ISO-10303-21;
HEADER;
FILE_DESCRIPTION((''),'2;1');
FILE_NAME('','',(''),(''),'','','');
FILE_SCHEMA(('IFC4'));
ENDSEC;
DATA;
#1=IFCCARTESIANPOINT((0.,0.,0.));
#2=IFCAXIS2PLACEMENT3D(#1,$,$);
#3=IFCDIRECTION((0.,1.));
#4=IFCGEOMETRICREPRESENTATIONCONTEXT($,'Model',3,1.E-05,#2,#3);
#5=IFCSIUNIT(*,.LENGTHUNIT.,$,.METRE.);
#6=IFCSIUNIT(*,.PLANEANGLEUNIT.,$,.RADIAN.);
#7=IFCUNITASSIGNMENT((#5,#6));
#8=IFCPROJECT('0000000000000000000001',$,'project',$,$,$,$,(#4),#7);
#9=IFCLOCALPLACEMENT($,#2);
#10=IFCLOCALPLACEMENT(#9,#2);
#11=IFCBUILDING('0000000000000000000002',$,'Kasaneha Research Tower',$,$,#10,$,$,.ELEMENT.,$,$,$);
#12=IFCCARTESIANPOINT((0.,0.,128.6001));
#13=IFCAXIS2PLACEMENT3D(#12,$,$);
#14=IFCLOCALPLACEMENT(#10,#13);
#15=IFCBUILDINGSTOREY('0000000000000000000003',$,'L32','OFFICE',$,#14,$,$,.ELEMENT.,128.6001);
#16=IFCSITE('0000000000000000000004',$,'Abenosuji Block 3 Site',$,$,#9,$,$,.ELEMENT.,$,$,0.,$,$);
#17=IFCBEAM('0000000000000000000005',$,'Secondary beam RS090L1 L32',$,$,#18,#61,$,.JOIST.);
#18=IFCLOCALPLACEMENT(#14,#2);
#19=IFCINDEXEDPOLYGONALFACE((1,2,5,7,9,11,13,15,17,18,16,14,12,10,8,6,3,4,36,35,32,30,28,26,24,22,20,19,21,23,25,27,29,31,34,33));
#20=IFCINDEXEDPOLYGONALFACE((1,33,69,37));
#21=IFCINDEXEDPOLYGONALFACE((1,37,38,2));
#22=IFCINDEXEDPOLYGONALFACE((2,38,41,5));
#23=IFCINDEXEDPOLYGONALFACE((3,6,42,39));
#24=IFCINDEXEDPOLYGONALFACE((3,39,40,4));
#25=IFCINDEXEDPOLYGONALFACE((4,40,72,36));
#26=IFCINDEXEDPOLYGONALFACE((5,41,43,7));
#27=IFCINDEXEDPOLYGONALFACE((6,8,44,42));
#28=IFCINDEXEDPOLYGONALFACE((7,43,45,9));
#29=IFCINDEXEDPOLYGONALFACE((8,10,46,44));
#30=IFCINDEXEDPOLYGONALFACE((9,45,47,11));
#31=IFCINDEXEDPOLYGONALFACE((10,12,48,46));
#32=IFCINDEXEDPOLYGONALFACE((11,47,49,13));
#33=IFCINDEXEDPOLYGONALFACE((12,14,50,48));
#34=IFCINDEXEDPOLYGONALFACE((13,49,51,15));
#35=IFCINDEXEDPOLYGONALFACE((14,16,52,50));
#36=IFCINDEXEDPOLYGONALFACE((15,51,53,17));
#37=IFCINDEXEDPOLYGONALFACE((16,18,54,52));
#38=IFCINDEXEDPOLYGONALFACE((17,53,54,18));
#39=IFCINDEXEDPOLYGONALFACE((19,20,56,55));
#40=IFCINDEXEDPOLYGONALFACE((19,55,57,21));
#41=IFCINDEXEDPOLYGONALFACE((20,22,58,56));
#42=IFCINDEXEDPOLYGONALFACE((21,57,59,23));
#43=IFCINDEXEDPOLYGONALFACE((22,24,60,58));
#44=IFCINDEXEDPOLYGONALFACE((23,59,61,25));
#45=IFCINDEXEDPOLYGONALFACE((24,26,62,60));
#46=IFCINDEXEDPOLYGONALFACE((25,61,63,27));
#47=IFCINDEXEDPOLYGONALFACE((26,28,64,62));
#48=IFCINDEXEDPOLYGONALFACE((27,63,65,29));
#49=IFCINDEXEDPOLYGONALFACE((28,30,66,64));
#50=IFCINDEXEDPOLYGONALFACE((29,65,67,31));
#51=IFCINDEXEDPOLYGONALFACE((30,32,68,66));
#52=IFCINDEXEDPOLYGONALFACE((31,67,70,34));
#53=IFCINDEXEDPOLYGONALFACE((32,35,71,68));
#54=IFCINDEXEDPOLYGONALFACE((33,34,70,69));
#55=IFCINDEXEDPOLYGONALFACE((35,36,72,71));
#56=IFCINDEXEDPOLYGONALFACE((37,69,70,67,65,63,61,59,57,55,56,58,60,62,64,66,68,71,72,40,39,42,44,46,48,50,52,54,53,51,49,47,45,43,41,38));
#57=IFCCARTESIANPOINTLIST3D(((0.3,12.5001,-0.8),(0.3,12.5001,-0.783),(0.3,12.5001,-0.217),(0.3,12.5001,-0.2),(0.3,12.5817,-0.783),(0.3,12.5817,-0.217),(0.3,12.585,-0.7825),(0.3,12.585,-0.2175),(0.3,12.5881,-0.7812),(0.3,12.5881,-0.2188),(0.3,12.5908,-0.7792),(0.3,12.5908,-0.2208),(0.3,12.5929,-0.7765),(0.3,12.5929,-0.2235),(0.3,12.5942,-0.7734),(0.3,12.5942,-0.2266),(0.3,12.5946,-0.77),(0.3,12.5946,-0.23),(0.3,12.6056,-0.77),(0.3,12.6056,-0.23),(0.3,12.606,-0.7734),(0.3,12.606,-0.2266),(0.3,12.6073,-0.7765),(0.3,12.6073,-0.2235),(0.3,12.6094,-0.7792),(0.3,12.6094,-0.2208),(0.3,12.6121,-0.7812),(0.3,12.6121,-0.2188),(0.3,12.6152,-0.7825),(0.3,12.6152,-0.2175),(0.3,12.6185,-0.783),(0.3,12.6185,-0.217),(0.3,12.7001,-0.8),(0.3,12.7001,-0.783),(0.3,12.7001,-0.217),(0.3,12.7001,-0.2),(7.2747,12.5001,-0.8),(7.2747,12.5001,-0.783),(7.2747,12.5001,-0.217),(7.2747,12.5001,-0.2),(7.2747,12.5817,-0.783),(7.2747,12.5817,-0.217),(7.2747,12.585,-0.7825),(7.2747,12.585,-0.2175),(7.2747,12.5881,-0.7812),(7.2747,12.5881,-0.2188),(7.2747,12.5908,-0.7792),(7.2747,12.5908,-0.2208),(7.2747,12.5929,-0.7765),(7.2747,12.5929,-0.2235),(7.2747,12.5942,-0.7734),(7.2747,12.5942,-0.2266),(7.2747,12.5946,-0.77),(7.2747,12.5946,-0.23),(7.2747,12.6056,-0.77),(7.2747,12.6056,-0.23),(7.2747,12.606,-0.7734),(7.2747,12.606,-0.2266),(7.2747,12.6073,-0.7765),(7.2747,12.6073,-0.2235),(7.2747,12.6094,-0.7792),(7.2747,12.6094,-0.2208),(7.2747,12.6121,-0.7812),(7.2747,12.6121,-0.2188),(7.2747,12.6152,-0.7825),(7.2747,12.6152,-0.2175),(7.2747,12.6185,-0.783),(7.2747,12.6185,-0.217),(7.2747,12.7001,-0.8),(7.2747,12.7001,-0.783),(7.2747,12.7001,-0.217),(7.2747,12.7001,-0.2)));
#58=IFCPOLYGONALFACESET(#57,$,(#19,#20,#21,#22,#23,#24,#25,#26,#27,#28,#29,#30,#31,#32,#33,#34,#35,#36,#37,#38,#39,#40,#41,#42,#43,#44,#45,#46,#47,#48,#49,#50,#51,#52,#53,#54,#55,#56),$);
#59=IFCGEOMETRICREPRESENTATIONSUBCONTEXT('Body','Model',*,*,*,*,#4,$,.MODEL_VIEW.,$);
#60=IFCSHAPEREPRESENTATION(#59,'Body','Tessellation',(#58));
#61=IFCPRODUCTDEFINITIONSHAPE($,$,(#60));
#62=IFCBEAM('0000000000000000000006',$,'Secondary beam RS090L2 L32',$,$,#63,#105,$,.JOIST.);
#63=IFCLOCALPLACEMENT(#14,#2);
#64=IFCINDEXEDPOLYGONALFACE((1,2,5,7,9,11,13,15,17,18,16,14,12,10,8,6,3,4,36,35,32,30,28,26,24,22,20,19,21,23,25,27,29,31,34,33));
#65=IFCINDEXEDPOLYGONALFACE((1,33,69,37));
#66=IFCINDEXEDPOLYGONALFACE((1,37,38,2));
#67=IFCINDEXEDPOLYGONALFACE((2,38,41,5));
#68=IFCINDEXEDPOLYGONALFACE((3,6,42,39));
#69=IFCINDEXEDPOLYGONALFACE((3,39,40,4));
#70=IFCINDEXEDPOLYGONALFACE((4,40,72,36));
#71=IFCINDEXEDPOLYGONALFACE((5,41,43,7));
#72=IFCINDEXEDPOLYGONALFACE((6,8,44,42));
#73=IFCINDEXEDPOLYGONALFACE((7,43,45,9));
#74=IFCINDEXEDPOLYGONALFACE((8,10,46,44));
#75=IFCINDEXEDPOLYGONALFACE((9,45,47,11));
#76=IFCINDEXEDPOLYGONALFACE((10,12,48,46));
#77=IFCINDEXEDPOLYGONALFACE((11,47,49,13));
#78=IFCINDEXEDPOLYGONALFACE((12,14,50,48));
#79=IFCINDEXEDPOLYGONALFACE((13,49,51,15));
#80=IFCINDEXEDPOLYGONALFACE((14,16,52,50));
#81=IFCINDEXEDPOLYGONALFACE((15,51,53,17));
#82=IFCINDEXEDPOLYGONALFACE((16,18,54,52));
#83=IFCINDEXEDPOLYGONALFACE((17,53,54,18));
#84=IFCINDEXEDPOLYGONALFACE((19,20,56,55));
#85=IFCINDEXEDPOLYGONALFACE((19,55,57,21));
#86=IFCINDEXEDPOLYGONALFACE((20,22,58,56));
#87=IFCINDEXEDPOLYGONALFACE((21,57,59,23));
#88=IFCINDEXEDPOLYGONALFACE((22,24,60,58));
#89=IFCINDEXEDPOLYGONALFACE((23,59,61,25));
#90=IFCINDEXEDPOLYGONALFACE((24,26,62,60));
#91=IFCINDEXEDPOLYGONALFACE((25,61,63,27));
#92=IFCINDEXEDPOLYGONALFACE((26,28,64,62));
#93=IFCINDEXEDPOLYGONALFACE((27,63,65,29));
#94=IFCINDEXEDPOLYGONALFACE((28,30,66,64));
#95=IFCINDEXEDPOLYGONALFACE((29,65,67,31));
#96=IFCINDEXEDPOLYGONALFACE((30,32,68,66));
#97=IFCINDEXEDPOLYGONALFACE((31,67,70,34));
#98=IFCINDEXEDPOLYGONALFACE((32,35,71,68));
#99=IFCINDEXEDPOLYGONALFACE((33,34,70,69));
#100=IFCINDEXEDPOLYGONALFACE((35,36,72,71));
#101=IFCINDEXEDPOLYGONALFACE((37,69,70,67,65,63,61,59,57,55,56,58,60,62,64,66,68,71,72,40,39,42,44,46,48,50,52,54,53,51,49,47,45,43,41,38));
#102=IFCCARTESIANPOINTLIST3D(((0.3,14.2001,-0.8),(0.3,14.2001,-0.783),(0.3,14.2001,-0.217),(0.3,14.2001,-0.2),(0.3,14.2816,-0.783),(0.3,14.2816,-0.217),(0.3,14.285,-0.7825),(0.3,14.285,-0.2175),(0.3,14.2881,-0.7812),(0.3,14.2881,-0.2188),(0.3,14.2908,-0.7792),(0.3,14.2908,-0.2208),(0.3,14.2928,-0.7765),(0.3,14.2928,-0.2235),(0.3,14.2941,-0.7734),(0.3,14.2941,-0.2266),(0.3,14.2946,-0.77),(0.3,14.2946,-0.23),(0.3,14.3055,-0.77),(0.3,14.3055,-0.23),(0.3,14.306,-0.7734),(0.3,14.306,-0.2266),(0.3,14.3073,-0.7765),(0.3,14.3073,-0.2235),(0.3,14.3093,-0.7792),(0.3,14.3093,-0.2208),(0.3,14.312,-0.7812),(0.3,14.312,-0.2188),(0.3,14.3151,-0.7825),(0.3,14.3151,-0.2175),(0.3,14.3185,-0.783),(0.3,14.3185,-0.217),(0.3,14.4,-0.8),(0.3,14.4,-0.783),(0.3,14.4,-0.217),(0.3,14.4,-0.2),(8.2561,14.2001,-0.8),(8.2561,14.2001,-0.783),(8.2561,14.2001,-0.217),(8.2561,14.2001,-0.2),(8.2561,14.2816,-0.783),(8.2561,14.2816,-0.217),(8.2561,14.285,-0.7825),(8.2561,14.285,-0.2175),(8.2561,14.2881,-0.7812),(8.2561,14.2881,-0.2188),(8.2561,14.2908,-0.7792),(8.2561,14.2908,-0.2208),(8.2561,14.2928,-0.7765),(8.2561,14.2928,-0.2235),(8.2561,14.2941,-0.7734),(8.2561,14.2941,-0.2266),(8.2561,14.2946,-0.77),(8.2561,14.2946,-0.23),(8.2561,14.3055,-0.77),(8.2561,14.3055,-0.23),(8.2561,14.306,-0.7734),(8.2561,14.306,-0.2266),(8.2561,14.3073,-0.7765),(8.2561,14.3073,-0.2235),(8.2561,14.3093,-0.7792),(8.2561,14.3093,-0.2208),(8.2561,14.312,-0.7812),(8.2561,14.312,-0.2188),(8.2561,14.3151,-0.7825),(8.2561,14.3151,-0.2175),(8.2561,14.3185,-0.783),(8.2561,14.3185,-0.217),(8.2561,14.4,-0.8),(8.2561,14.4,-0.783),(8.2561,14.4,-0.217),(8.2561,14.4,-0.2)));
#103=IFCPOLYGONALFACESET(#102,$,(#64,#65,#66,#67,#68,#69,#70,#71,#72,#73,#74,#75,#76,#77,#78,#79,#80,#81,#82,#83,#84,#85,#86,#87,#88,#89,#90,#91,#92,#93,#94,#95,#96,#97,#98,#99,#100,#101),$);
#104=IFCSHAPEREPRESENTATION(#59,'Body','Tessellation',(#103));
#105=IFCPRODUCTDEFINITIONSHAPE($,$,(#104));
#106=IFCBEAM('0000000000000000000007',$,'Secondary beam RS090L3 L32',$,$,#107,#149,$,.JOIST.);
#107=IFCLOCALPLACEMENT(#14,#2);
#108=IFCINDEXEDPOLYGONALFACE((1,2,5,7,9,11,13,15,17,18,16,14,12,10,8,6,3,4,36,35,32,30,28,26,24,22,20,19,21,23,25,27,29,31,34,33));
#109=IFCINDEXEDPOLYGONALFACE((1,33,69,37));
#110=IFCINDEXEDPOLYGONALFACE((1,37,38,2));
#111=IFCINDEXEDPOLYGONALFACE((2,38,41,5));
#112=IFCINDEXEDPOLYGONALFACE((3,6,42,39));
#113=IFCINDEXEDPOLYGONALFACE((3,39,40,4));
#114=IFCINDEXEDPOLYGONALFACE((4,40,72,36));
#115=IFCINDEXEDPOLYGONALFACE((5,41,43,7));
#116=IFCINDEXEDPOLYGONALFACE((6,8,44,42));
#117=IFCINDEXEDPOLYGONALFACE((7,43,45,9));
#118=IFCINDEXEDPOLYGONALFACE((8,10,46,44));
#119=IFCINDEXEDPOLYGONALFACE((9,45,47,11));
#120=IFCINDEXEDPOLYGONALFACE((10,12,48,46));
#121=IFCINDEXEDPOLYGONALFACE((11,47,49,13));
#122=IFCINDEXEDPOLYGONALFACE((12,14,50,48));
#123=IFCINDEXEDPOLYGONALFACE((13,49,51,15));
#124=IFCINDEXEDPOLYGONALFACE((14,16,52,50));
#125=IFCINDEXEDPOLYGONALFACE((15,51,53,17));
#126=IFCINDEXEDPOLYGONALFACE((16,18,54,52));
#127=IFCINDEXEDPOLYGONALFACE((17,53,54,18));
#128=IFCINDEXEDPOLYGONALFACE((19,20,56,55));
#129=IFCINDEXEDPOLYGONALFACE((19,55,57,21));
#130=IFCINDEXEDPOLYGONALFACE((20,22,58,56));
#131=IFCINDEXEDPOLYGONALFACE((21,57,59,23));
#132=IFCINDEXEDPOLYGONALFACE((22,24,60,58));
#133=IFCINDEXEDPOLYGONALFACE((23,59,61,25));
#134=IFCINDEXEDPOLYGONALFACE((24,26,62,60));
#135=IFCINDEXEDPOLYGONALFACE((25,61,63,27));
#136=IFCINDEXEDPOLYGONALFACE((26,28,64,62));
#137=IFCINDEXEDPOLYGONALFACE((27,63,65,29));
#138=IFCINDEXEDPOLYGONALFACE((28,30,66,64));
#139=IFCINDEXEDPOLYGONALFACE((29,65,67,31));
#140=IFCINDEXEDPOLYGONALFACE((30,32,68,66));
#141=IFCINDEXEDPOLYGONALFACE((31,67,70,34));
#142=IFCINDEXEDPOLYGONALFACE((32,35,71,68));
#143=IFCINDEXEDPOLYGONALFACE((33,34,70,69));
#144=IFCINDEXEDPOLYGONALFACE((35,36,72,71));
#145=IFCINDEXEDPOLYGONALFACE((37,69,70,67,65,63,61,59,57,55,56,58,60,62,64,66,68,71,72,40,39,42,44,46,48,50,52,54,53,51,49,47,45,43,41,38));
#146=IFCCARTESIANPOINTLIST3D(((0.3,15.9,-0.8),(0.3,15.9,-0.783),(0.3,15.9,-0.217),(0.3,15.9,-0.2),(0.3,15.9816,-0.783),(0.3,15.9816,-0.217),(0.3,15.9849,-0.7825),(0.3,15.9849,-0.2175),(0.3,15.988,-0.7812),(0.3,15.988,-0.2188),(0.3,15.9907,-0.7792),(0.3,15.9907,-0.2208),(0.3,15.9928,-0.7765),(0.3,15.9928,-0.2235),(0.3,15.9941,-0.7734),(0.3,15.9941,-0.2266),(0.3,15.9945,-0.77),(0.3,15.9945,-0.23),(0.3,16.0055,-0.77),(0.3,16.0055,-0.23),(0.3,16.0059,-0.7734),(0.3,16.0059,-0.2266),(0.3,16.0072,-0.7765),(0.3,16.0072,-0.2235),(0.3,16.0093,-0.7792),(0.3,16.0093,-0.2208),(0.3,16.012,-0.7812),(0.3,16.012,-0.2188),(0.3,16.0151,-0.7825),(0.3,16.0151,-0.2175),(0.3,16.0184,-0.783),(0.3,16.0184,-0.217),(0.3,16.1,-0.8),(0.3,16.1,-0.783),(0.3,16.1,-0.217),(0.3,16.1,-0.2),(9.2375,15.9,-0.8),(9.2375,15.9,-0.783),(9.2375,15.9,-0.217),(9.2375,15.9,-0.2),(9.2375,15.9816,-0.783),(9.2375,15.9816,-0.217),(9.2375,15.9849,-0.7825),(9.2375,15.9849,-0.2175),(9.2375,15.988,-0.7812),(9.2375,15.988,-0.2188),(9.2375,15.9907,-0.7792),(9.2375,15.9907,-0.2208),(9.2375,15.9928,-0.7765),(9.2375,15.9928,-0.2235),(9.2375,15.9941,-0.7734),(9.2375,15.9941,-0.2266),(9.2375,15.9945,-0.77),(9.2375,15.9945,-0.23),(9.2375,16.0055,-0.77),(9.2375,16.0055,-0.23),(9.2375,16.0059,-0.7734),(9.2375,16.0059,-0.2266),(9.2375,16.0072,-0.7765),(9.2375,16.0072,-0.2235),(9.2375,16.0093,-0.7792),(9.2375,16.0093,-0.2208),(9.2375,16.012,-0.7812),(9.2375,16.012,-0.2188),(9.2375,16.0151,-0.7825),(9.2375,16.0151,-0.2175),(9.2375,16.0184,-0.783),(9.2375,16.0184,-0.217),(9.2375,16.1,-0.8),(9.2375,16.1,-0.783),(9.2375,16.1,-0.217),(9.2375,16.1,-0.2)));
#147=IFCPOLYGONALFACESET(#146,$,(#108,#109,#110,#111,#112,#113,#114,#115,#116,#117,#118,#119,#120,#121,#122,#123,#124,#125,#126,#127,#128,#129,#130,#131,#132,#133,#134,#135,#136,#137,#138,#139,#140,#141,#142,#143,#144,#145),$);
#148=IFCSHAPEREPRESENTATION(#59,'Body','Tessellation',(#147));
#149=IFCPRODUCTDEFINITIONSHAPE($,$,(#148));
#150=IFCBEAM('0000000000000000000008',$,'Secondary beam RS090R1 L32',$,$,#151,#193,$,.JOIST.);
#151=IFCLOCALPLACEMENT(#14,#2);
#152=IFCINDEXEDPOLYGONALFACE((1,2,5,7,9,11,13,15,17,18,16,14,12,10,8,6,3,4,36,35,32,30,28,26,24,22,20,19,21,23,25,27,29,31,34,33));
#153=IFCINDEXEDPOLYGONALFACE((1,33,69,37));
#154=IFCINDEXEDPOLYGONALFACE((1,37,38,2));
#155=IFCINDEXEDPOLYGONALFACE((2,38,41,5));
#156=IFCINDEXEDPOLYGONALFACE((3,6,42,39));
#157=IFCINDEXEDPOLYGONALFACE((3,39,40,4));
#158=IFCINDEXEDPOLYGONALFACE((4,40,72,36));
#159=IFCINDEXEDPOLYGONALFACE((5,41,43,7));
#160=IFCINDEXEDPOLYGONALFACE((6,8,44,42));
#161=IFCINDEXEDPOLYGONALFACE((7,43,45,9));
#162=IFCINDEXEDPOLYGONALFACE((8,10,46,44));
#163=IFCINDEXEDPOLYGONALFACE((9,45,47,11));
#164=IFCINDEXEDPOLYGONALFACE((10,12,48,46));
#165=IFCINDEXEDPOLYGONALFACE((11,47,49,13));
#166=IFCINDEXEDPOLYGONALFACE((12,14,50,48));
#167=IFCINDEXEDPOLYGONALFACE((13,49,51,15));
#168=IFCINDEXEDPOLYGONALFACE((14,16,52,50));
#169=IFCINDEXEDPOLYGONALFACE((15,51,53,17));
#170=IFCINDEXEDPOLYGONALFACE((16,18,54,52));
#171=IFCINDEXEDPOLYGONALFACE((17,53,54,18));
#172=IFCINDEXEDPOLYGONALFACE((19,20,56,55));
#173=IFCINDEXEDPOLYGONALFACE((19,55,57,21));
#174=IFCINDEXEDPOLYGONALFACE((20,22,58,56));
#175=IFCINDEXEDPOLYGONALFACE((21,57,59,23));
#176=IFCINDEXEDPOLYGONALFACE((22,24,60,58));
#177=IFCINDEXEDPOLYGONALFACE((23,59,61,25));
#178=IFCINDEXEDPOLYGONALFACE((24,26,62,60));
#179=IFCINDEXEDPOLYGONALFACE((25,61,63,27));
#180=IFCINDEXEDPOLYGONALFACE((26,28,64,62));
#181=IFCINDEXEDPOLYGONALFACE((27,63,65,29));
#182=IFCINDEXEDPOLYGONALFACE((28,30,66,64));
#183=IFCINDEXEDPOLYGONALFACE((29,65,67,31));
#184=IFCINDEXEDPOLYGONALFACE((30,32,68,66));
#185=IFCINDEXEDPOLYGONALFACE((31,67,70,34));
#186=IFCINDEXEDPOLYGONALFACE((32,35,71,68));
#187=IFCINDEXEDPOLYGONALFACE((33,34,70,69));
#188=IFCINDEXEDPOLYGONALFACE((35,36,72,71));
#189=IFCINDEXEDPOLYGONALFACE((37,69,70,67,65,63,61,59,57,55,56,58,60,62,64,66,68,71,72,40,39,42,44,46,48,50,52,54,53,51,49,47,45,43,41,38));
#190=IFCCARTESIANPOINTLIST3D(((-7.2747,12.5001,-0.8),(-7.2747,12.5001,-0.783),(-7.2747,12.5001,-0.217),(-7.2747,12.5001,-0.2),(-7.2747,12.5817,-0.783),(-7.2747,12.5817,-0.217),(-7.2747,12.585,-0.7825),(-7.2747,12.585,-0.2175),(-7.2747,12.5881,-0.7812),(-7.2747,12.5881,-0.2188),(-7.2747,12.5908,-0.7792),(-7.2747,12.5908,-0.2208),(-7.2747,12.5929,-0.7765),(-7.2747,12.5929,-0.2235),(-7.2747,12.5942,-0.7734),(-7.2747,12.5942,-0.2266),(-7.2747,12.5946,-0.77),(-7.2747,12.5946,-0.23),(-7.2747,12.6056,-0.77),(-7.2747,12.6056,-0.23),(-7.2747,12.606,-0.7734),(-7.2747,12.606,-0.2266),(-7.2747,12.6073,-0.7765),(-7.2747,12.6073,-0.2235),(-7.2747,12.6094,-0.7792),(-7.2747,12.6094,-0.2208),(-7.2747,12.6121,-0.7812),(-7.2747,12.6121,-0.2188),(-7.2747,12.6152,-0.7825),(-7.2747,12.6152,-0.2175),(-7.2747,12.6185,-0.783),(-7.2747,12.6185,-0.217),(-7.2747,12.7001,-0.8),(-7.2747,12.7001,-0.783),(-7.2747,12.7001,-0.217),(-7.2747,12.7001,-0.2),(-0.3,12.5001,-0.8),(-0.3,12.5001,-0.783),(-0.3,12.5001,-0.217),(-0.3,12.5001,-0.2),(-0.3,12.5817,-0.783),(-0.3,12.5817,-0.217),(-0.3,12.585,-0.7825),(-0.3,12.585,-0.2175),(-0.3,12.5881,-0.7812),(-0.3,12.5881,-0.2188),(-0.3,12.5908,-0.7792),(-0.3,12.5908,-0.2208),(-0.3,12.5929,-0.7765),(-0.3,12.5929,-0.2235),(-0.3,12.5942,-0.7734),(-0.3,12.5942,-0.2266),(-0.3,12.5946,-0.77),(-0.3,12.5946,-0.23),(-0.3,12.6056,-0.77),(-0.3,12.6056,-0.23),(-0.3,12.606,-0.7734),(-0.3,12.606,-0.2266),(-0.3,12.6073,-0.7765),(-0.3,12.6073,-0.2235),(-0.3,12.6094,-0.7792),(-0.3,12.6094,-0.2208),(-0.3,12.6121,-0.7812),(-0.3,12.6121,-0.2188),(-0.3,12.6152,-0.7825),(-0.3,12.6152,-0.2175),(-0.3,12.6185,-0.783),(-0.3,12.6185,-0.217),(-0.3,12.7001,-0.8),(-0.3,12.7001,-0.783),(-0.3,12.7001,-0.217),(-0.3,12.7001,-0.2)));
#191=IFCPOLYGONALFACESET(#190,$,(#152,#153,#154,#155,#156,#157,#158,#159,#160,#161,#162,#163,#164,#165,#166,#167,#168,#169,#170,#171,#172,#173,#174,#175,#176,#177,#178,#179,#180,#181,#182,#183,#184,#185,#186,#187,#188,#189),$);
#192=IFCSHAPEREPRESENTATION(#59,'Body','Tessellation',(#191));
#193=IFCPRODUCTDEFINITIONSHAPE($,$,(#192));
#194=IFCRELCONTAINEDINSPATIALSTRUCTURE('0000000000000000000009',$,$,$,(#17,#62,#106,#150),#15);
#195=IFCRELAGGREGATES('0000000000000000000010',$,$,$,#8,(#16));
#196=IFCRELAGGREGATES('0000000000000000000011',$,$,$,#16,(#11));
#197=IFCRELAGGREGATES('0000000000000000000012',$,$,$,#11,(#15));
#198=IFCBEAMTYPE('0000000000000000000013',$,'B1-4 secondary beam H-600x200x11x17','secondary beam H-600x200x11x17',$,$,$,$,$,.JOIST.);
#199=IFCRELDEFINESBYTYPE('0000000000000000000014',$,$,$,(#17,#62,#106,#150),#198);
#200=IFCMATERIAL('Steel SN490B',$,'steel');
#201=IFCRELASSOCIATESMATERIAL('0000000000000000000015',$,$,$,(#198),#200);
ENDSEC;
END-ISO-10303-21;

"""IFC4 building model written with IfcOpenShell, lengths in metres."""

from ifc_helpers import new_model, si_unit, direction, frame, origin, origin_2d, place, context, subcontext, project, spatial, i_section, extrude, material, material_profile, profile_set, type_object, element, save


model = new_model("IFC4")

# Units and contexts
model_context = context("Model", 3, precision=1e-05, world=origin(), true_north=direction((0.0, 1.0)))
body_context = subcontext(model_context, "Body", "Model", "MODEL_VIEW")
ifc_project = project(units=[si_unit("LENGTHUNIT", "METRE"), si_unit("PLANEANGLEUNIT", "RADIAN")], contexts=[model_context])

# Site, building, storey
site_placement = place(None, origin())
site = spatial("IfcSite", under=ifc_project, at=site_placement, Name="Abenosuji Block 3 Site", CompositionType="ELEMENT", RefElevation=0.0)
building_placement = place(site_placement, origin())
building = spatial("IfcBuilding", under=site, at=building_placement, Name="Kasaneha Research Tower", CompositionType="ELEMENT")
storey_placement = place(building_placement, frame((0.0, 0.0, 128.6001)))
storey = spatial("IfcBuildingStorey", under=building, at=storey_placement, Name="L32", Description="OFFICE", CompositionType="ELEMENT", Elevation=128.6001)

# Beams
ifc_material_1 = material(Name="Steel SN490B", Category="steel")
ifc_material_profile_1 = material_profile(ifc_material_1, i_section(OverallWidth=0.2, OverallDepth=0.6001, WebThickness=0.011, FlangeThickness=0.0171, FilletRadius=0.0129, at=origin_2d()), Name="H-600x200x11x17")
ifc_profile_set_1 = profile_set([ifc_material_profile_1], Name="Steel SN490B")
beam_type_1 = type_object("IfcBeamType", Name="B1-4 secondary beam H-600x200x11x17", Description="secondary beam H-600x200x11x17", PredefinedType="JOIST", material=ifc_profile_set_1)
beam_1_placement = place(storey_placement, frame((7.2747, 12.6001, -0.5), z_axis=(-1.0, 0.0, 0.0), x_axis=(0.0, -1.0, 0.0)))
element("IfcBeam", 1, at=beam_1_placement, inside=storey, type_object=beam_type_1, Name="Secondary beam RS090L1 L32", PredefinedType="JOIST", context=body_context, shape_type="SweptSolid", body=[
    extrude(i_section(OverallWidth=0.2, OverallDepth=0.6001, WebThickness=0.011, FlangeThickness=0.0171, FilletRadius=0.0129, at=origin_2d()), origin(), (0.0, 0.0, 1.0), 6.9746),
])
beam_2_placement = place(storey_placement, frame((8.2561, 14.3, -0.5), z_axis=(-1.0, 0.0, 0.0), x_axis=(0.0, -1.0, 0.0)))
element("IfcBeam", 2, at=beam_2_placement, inside=storey, type_object=beam_type_1, Name="Secondary beam RS090L2 L32", PredefinedType="JOIST", context=body_context, shape_type="SweptSolid", body=[
    extrude(i_section(OverallWidth=0.2, OverallDepth=0.6001, WebThickness=0.011, FlangeThickness=0.0171, FilletRadius=0.0129, at=origin_2d()), origin(), (0.0, 0.0, 1.0), 7.9561),
])
beam_3_placement = place(storey_placement, frame((9.2375, 16.0, -0.5), z_axis=(-1.0, 0.0, 0.0), x_axis=(0.0, -1.0, 0.0)))
element("IfcBeam", 3, at=beam_3_placement, inside=storey, type_object=beam_type_1, Name="Secondary beam RS090L3 L32", PredefinedType="JOIST", context=body_context, shape_type="SweptSolid", body=[
    extrude(i_section(OverallWidth=0.2, OverallDepth=0.6001, WebThickness=0.011, FlangeThickness=0.0171, FilletRadius=0.0129, at=origin_2d()), origin(), (0.0, 0.0, 1.0), 8.9375),
])
beam_4_placement = place(storey_placement, frame((-7.2747, 12.6001, -0.5), z_axis=(1.0, 0.0, 0.0), x_axis=(0.0, 1.0, 0.0)))
element("IfcBeam", 4, at=beam_4_placement, inside=storey, type_object=beam_type_1, Name="Secondary beam RS090R1 L32", PredefinedType="JOIST", context=body_context, shape_type="SweptSolid", body=[
    extrude(i_section(OverallWidth=0.2, OverallDepth=0.6001, WebThickness=0.011, FlangeThickness=0.0171, FilletRadius=0.0129, at=origin_2d()), origin(), (0.0, 0.0, 1.0), 6.9746),
])

save(model, "model.ifc")
